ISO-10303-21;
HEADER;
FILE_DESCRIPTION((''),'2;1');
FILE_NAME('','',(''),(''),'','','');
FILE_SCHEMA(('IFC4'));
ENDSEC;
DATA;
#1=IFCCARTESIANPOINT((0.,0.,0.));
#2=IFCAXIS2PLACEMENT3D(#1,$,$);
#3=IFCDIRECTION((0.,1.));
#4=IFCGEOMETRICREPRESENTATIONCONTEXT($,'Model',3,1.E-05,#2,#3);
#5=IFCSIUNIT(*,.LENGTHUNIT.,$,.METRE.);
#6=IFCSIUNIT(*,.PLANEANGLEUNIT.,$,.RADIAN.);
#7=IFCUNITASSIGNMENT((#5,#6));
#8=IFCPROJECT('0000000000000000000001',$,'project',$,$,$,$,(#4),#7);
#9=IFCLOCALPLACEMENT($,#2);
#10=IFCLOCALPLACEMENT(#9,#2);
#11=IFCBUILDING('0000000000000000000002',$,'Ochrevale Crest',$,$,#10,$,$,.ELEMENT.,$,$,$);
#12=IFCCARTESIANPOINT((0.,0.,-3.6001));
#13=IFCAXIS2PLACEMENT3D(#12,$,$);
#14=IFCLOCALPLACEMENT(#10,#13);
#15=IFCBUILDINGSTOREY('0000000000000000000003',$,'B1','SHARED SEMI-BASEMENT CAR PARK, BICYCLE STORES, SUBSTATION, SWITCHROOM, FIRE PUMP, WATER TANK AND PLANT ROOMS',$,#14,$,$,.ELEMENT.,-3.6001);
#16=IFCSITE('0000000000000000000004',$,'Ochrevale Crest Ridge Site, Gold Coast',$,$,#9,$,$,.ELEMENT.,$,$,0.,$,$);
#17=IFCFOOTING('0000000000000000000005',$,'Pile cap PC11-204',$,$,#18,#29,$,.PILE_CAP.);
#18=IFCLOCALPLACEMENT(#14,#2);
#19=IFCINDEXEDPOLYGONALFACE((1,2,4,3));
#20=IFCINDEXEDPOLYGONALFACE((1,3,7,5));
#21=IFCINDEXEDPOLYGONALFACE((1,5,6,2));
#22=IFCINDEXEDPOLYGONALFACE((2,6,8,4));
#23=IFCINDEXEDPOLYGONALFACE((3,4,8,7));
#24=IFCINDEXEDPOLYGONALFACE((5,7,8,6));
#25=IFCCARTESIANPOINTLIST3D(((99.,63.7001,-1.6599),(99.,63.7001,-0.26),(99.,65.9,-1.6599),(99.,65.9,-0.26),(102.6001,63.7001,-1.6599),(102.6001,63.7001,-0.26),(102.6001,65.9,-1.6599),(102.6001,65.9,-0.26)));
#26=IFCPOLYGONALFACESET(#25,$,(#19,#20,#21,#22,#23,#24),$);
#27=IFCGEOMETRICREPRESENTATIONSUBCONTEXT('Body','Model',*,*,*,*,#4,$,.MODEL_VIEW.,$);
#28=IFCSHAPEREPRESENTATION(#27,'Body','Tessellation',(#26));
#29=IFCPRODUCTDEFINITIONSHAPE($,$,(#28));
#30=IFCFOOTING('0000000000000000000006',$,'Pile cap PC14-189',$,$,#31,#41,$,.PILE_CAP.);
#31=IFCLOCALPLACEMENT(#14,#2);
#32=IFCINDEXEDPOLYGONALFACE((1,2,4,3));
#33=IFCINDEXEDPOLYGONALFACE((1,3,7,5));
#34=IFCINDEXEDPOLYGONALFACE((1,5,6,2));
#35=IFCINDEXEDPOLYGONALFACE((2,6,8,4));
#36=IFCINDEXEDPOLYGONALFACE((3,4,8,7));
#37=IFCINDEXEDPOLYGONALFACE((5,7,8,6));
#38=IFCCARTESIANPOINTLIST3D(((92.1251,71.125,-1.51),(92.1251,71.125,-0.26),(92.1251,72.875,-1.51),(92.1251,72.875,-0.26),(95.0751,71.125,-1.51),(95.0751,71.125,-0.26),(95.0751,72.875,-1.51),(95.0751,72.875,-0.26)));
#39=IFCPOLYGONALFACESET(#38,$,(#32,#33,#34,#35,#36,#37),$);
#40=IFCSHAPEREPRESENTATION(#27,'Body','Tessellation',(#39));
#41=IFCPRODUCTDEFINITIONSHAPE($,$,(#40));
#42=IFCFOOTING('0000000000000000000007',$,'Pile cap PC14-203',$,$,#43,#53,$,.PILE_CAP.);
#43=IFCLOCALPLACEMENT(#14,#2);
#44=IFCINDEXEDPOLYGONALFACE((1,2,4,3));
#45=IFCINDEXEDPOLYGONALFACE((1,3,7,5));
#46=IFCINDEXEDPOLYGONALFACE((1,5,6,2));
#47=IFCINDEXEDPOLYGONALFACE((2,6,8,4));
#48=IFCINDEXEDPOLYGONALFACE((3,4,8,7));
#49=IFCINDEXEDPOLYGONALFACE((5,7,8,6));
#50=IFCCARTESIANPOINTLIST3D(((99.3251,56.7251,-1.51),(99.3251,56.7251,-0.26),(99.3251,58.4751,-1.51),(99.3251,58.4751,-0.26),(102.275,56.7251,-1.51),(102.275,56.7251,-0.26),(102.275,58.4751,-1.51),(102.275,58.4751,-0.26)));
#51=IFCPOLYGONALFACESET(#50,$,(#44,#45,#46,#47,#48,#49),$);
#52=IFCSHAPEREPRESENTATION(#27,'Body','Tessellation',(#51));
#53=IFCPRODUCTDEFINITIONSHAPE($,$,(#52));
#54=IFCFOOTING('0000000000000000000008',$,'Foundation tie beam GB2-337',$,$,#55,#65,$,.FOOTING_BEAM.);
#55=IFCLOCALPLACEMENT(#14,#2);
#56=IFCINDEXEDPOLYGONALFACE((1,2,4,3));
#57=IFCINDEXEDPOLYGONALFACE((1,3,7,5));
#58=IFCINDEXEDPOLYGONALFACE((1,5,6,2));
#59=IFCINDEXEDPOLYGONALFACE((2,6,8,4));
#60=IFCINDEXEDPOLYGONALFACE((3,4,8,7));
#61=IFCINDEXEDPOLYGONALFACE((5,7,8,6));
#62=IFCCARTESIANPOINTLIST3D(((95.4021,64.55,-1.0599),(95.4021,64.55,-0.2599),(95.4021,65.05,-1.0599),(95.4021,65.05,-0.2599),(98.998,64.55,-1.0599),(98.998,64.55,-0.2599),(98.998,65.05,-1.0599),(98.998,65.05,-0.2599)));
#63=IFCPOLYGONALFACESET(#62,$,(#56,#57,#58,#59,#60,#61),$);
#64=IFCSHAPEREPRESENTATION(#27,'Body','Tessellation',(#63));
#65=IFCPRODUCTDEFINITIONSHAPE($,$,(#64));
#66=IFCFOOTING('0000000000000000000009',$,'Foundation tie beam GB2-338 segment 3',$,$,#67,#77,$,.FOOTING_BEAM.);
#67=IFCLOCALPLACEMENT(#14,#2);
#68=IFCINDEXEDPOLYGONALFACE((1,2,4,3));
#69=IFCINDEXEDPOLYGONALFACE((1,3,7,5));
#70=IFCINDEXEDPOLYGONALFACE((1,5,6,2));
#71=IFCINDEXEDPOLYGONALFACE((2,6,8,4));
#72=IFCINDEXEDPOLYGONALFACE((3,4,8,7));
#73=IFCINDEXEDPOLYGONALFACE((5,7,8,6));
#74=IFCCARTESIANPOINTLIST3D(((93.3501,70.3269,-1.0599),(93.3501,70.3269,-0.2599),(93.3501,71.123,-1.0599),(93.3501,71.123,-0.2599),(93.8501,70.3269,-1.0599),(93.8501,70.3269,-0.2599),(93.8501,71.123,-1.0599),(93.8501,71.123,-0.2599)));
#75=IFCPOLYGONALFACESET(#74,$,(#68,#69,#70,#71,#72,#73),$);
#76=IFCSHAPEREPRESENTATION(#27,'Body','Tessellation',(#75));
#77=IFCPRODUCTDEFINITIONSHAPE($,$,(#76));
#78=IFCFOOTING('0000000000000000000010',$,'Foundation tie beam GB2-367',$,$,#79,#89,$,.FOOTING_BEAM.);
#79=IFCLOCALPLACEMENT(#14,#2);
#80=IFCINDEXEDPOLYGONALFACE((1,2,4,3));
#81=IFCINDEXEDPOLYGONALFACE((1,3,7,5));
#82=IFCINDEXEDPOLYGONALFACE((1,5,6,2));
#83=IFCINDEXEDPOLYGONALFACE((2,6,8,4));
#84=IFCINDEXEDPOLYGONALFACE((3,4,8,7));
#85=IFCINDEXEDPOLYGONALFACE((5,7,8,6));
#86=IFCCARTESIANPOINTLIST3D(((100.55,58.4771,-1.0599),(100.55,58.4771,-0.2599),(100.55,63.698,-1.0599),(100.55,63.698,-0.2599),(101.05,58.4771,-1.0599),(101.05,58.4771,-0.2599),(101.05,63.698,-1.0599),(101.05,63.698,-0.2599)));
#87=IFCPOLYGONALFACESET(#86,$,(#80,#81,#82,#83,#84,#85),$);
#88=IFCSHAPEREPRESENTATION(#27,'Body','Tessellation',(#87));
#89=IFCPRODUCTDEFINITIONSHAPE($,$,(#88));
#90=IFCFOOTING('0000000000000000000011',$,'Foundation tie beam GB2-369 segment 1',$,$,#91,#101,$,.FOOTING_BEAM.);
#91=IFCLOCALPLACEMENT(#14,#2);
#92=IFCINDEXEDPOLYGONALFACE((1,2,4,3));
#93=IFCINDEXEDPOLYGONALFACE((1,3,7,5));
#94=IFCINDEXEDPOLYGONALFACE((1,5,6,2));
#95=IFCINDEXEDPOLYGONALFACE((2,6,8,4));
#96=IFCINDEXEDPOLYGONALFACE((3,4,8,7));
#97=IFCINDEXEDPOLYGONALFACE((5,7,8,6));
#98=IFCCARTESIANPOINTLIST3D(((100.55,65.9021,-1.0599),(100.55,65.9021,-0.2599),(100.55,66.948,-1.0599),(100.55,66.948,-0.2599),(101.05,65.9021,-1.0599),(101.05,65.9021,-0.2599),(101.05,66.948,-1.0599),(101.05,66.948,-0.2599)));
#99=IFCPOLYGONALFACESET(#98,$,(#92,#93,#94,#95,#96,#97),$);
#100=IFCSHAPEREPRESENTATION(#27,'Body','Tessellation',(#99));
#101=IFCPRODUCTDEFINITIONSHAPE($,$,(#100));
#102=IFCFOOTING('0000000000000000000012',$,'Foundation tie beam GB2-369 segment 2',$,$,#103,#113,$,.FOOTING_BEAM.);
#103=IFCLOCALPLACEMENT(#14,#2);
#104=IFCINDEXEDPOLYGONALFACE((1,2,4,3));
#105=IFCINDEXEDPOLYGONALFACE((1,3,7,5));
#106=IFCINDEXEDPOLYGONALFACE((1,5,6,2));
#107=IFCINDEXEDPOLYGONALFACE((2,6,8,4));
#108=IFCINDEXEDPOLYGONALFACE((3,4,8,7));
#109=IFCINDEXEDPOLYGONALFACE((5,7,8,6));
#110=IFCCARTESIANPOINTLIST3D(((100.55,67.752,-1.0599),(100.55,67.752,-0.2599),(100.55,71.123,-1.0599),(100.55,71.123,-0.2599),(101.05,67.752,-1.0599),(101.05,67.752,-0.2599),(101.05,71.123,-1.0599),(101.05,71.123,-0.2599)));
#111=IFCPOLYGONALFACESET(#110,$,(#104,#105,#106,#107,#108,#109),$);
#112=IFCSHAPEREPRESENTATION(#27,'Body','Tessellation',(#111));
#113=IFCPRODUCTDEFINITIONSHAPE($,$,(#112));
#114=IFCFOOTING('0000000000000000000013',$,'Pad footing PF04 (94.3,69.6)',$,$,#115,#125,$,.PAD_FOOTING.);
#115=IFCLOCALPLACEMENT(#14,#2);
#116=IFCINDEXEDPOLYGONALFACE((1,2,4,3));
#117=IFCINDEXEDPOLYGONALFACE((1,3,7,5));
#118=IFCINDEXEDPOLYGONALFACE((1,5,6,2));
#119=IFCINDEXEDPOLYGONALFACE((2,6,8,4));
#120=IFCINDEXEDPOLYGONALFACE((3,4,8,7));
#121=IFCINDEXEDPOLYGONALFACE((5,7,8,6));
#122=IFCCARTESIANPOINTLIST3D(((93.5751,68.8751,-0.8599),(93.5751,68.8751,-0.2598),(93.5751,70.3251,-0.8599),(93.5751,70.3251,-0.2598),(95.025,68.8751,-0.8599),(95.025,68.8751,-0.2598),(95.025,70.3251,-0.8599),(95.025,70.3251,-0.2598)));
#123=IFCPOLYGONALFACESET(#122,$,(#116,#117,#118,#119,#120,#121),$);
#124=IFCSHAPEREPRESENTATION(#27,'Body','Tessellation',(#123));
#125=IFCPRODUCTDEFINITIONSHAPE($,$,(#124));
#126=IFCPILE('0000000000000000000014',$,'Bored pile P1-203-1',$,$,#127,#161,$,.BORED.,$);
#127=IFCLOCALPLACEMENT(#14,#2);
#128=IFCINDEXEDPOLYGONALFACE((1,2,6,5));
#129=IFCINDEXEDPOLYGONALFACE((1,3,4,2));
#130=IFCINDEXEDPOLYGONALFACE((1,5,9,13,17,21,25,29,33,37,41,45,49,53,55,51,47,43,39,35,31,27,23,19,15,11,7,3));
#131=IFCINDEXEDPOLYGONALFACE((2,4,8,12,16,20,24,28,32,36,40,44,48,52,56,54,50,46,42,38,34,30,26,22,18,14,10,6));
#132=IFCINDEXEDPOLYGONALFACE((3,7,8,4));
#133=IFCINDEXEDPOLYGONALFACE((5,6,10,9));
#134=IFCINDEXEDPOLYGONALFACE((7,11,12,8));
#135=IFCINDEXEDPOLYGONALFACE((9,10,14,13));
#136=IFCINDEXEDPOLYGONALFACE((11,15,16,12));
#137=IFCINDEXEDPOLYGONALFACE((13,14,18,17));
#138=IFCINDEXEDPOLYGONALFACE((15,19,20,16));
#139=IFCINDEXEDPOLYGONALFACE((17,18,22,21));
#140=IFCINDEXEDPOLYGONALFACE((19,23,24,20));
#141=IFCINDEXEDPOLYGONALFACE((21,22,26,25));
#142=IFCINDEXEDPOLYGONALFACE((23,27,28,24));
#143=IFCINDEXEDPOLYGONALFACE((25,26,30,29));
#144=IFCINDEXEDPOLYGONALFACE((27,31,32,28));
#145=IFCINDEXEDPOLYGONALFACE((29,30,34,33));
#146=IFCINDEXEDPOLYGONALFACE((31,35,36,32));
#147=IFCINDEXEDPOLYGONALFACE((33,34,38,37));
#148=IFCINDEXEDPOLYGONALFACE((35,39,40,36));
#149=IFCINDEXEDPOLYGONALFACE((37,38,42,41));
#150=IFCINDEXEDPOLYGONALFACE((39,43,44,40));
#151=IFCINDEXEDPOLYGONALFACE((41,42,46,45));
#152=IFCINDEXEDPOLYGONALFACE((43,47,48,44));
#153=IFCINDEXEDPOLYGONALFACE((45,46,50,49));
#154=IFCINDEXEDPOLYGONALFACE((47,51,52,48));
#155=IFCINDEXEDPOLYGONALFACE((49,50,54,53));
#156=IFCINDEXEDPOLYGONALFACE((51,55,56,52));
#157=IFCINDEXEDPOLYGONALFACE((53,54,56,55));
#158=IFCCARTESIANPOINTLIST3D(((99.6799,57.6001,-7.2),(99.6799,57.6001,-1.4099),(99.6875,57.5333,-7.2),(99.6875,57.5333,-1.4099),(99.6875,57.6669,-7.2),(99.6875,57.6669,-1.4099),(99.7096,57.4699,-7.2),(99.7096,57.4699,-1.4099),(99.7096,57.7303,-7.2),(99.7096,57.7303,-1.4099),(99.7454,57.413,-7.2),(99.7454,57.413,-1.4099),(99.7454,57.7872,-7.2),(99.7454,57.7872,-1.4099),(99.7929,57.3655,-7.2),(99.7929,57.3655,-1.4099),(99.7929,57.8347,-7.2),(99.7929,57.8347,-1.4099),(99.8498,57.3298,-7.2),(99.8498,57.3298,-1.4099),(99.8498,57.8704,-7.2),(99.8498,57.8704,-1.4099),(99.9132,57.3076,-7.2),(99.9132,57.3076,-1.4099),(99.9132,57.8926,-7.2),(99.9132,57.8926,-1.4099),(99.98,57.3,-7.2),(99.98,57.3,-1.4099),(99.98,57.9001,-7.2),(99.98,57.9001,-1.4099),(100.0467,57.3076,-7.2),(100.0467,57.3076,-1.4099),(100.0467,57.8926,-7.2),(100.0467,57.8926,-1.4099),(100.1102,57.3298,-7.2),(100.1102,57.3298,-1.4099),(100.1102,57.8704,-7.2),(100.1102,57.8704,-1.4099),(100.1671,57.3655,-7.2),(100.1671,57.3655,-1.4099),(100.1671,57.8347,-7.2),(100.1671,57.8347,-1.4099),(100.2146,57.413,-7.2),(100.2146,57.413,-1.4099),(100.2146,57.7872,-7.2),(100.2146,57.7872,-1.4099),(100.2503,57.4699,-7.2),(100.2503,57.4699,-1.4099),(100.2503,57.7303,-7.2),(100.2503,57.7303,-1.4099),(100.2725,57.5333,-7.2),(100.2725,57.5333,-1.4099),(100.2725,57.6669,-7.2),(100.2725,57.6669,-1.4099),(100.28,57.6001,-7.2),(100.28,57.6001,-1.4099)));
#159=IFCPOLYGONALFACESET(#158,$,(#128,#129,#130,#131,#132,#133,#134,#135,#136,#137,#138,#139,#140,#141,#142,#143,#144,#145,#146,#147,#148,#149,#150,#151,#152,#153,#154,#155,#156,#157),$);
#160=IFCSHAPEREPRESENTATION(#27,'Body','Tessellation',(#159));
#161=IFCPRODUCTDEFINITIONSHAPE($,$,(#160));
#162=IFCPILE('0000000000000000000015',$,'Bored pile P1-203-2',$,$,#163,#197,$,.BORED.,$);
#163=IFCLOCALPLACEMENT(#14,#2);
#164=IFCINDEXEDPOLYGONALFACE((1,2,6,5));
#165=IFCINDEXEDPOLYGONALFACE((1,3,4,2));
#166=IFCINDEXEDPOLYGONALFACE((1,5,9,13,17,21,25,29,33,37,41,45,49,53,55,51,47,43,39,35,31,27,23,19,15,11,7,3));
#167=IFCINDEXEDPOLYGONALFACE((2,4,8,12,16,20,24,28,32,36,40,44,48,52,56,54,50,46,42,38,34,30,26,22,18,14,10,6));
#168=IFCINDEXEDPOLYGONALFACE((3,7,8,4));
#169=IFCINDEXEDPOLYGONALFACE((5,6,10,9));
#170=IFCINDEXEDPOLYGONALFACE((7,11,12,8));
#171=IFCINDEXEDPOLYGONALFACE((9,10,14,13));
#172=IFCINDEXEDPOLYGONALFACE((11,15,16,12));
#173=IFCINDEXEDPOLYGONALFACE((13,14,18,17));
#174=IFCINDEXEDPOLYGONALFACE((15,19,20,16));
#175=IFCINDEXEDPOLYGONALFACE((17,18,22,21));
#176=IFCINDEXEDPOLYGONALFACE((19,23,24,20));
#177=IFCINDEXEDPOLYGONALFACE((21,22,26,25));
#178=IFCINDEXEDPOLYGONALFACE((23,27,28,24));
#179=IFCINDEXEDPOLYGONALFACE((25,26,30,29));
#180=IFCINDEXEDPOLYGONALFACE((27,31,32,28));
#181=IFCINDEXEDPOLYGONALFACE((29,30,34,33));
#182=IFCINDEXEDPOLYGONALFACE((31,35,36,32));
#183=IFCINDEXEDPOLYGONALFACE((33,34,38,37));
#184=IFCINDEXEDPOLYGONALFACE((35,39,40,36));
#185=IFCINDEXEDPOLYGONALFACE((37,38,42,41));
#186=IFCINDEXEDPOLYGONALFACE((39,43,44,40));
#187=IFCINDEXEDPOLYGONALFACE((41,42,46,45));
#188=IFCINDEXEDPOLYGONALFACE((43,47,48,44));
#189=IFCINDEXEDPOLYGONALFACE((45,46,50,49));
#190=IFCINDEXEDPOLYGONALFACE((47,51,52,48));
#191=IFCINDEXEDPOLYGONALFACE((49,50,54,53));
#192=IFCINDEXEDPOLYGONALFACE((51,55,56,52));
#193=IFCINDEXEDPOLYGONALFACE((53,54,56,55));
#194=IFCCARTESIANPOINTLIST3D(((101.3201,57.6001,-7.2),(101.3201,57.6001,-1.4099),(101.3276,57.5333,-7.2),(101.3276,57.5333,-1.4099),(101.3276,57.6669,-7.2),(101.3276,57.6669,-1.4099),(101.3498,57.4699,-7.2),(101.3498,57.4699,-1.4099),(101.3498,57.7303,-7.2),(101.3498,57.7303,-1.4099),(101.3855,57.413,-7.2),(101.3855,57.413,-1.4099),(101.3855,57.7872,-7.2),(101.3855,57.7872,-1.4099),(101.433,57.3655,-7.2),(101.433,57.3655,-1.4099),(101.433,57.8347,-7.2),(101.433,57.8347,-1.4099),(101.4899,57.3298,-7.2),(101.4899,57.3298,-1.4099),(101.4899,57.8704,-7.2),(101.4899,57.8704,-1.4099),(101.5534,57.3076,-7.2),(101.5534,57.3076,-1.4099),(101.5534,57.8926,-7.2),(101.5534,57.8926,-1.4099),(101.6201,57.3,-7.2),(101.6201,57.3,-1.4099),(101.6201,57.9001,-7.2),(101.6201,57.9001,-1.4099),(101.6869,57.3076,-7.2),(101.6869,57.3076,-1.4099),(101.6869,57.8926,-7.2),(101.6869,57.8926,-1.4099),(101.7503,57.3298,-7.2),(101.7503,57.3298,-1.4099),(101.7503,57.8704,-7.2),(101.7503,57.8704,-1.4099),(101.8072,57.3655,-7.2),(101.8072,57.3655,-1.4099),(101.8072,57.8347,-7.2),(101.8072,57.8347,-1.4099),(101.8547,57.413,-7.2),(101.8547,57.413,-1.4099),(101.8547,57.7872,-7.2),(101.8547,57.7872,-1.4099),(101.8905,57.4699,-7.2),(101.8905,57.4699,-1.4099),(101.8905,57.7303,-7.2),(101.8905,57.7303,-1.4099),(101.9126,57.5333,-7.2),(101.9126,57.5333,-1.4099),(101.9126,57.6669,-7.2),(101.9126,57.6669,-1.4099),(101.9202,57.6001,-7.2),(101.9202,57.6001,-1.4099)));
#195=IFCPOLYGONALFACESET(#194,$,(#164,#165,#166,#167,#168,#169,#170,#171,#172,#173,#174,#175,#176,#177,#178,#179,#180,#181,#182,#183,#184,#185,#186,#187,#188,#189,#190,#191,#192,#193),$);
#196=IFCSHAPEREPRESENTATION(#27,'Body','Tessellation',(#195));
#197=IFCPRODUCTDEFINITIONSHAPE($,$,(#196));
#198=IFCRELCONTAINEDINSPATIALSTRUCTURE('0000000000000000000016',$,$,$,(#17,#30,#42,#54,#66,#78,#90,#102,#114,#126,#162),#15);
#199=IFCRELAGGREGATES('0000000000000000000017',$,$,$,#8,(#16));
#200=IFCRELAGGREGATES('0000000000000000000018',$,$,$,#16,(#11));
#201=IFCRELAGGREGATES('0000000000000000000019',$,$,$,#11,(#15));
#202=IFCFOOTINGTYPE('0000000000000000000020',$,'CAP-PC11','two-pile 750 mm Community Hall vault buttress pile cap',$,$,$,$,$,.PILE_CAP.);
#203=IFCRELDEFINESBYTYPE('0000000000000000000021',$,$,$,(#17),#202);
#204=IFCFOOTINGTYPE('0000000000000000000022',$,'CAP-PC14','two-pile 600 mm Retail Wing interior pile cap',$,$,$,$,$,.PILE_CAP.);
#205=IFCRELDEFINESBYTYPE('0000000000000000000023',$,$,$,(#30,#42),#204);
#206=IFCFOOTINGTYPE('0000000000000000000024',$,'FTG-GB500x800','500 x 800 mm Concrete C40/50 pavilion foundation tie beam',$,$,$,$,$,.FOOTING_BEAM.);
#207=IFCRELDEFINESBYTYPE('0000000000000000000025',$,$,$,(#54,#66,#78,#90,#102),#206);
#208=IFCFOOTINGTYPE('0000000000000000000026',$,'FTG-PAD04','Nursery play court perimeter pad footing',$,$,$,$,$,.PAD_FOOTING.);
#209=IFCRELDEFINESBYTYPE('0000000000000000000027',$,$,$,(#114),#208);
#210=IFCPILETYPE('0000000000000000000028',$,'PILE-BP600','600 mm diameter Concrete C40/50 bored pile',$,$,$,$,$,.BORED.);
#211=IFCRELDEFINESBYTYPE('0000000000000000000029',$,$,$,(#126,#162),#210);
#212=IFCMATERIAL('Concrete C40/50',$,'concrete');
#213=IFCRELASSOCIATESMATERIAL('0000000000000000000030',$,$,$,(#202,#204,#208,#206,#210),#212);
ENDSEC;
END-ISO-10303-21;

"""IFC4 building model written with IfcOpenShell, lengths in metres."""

from ifc_helpers import new_model, si_unit, direction, frame, origin, origin_2d, place, context, subcontext, project, spatial, rectangle, circle, extrude, material, material_profile, profile_set, type_object, element, save


model = new_model("IFC4")

# Units and contexts
model_context = context("Model", 3, precision=1e-05, world=origin(), true_north=direction((0.0, 1.0)))
body_context = subcontext(model_context, "Body", "Model", "MODEL_VIEW")
ifc_project = project(units=[si_unit("LENGTHUNIT", "METRE"), si_unit("PLANEANGLEUNIT", "RADIAN")], contexts=[model_context])

# Site, building, storey
site_placement = place(None, origin())
site = spatial("IfcSite", under=ifc_project, at=site_placement, Name="Ochrevale Crest Ridge Site, Gold Coast", CompositionType="ELEMENT", RefElevation=0.0)
building_placement = place(site_placement, origin())
building = spatial("IfcBuilding", under=site, at=building_placement, Name="Ochrevale Crest", CompositionType="ELEMENT")
storey_placement = place(building_placement, frame((0.0, 0.0, -3.6001)))
storey = spatial("IfcBuildingStorey", under=building, at=storey_placement, Name="B1", Description="SHARED SEMI-BASEMENT CAR PARK, BICYCLE STORES, SUBSTATION, SWITCHROOM, FIRE PUMP, WATER TANK AND PLANT ROOMS", CompositionType="ELEMENT", Elevation=-3.6001)

# Footings
ifc_material_1 = material(Name="Concrete C40/50", Category="concrete")
footing_type_1 = type_object("IfcFootingType", Name="CAP-PC11", Description="two-pile 750 mm Community Hall vault buttress pile cap", PredefinedType="PILE_CAP", material=ifc_material_1)
footing_1_placement = place(storey_placement, frame((100.8, 64.8, -1.6599), z_axis=(0.0, 0.0, 1.0), x_axis=(1.0, 0.0, 0.0)))
element("IfcFooting", 1, at=footing_1_placement, inside=storey, type_object=footing_type_1, Name="Pile cap PC11-204", PredefinedType="PILE_CAP", context=body_context, shape_type="SweptSolid", body=[
    extrude(rectangle(XDim=3.6001, YDim=2.2, at=origin_2d()), origin(), (0.0, 0.0, 1.0), 1.3999),
])
footing_type_2 = type_object("IfcFootingType", Name="CAP-PC14", Description="two-pile 600 mm Retail Wing interior pile cap", PredefinedType="PILE_CAP", material=ifc_material_1)
for number, where, z_axis, x_axis, name in (
    (2, (93.6001, 72.0, -1.51), (0.0, 0.0, 1.0), (1.0, 0.0, 0.0), "Pile cap PC14-189"),
    (3, (100.8, 57.6001, -1.51), (0.0, 0.0, 1.0), (1.0, 0.0, 0.0), "Pile cap PC14-203"),
):
    element("IfcFooting", number, at=place(storey_placement, frame(where, z_axis=z_axis, x_axis=x_axis)), inside=storey, type_object=footing_type_2, Name=name, PredefinedType="PILE_CAP", context=body_context, shape_type="SweptSolid", body=[
        extrude(rectangle(XDim=2.95, YDim=1.75, at=origin_2d()), origin(), (0.0, 0.0, 1.0), 1.25),
    ])
ifc_material_profile_1 = material_profile(ifc_material_1, rectangle(XDim=0.5, YDim=0.8, at=origin_2d()), Name="GB 500x800")
ifc_profile_set_1 = profile_set([ifc_material_profile_1], Name="Concrete C40/50")
footing_type_3 = type_object("IfcFootingType", Name="FTG-GB500x800", Description="500 x 800 mm Concrete C40/50 pavilion foundation tie beam", PredefinedType="FOOTING_BEAM", material=ifc_profile_set_1)
footing_2_placement = place(storey_placement, frame((95.4021, 64.8, -0.6599), z_axis=(1.0, 0.0, 0.0), x_axis=(0.0, 1.0, 0.0)))
element("IfcFooting", 4, at=footing_2_placement, inside=storey, type_object=footing_type_3, Name="Foundation tie beam GB2-337", PredefinedType="FOOTING_BEAM", context=body_context, shape_type="SweptSolid", body=[
    extrude(rectangle(XDim=0.5, YDim=0.8, at=origin_2d()), origin(), (0.0, 0.0, 1.0), 3.5959),
])
footing_3_placement = place(storey_placement, frame((93.6001, 70.3269, -0.6599), z_axis=(0.0, 1.0, 0.0), x_axis=(-1.0, 0.0, 0.0)))
element("IfcFooting", 5, at=footing_3_placement, inside=storey, type_object=footing_type_3, Name="Foundation tie beam GB2-338 segment 3", PredefinedType="FOOTING_BEAM", context=body_context, shape_type="SweptSolid", body=[
    extrude(rectangle(XDim=0.5, YDim=0.8, at=origin_2d()), origin(), (0.0, 0.0, 1.0), 0.7961),
])
footing_4_placement = place(storey_placement, frame((100.8, 58.4771, -0.6599), z_axis=(0.0, 1.0, 0.0), x_axis=(-1.0, 0.0, 0.0)))
element("IfcFooting", 6, at=footing_4_placement, inside=storey, type_object=footing_type_3, Name="Foundation tie beam GB2-367", PredefinedType="FOOTING_BEAM", context=body_context, shape_type="SweptSolid", body=[
    extrude(rectangle(XDim=0.5, YDim=0.8, at=origin_2d()), origin(), (0.0, 0.0, 1.0), 5.2209),
])
footing_5_placement = place(storey_placement, frame((100.8, 65.9021, -0.6599), z_axis=(0.0, 1.0, 0.0), x_axis=(-1.0, 0.0, 0.0)))
element("IfcFooting", 7, at=footing_5_placement, inside=storey, type_object=footing_type_3, Name="Foundation tie beam GB2-369 segment 1", PredefinedType="FOOTING_BEAM", context=body_context, shape_type="SweptSolid", body=[
    extrude(rectangle(XDim=0.5, YDim=0.8, at=origin_2d()), origin(), (0.0, 0.0, 1.0), 1.0459),
])
footing_6_placement = place(storey_placement, frame((100.8, 67.752, -0.6599), z_axis=(0.0, 1.0, 0.0), x_axis=(-1.0, 0.0, 0.0)))
element("IfcFooting", 8, at=footing_6_placement, inside=storey, type_object=footing_type_3, Name="Foundation tie beam GB2-369 segment 2", PredefinedType="FOOTING_BEAM", context=body_context, shape_type="SweptSolid", body=[
    extrude(rectangle(XDim=0.5, YDim=0.8, at=origin_2d()), origin(), (0.0, 0.0, 1.0), 3.3711),
])
footing_type_4 = type_object("IfcFootingType", Name="FTG-PAD04", Description="Nursery play court perimeter pad footing", PredefinedType="PAD_FOOTING", material=ifc_material_1)
footing_7_placement = place(storey_placement, frame((94.3, 69.6001, -0.8599), z_axis=(0.0, 0.0, 1.0), x_axis=(1.0, 0.0, 0.0)))
element("IfcFooting", 9, at=footing_7_placement, inside=storey, type_object=footing_type_4, Name="Pad footing PF04 (94.3,69.6)", PredefinedType="PAD_FOOTING", context=body_context, shape_type="SweptSolid", body=[
    extrude(rectangle(XDim=1.45, YDim=1.45, at=origin_2d()), origin(), (0.0, 0.0, 1.0), 0.6001),
])

# Piles
ifc_material_profile_2 = material_profile(ifc_material_1, circle(Radius=0.3, at=origin_2d()), Name="BORED PILE 600")
ifc_profile_set_2 = profile_set([ifc_material_profile_2], Name="Concrete C40/50")
pile_type_1 = type_object("IfcPileType", Name="PILE-BP600", Description="600 mm diameter Concrete C40/50 bored pile", PredefinedType="BORED", material=ifc_profile_set_2)
for number, where, z_axis, x_axis, name in (
    (10, (99.98, 57.6001, -1.4099), (0.0, 0.0, -1.0), (1.0, 0.0, 0.0), "Bored pile P1-203-1"),
    (11, (101.6201, 57.6001, -1.4099), (0.0, 0.0, -1.0), (1.0, 0.0, 0.0), "Bored pile P1-203-2"),
):
    element("IfcPile", number, at=place(storey_placement, frame(where, z_axis=z_axis, x_axis=x_axis)), inside=storey, type_object=pile_type_1, Name=name, PredefinedType="BORED", context=body_context, shape_type="SweptSolid", body=[
        extrude(circle(Radius=0.3, at=origin_2d()), origin(), (0.0, 0.0, 1.0), 5.79),
    ])

save(model, "model.ifc")
